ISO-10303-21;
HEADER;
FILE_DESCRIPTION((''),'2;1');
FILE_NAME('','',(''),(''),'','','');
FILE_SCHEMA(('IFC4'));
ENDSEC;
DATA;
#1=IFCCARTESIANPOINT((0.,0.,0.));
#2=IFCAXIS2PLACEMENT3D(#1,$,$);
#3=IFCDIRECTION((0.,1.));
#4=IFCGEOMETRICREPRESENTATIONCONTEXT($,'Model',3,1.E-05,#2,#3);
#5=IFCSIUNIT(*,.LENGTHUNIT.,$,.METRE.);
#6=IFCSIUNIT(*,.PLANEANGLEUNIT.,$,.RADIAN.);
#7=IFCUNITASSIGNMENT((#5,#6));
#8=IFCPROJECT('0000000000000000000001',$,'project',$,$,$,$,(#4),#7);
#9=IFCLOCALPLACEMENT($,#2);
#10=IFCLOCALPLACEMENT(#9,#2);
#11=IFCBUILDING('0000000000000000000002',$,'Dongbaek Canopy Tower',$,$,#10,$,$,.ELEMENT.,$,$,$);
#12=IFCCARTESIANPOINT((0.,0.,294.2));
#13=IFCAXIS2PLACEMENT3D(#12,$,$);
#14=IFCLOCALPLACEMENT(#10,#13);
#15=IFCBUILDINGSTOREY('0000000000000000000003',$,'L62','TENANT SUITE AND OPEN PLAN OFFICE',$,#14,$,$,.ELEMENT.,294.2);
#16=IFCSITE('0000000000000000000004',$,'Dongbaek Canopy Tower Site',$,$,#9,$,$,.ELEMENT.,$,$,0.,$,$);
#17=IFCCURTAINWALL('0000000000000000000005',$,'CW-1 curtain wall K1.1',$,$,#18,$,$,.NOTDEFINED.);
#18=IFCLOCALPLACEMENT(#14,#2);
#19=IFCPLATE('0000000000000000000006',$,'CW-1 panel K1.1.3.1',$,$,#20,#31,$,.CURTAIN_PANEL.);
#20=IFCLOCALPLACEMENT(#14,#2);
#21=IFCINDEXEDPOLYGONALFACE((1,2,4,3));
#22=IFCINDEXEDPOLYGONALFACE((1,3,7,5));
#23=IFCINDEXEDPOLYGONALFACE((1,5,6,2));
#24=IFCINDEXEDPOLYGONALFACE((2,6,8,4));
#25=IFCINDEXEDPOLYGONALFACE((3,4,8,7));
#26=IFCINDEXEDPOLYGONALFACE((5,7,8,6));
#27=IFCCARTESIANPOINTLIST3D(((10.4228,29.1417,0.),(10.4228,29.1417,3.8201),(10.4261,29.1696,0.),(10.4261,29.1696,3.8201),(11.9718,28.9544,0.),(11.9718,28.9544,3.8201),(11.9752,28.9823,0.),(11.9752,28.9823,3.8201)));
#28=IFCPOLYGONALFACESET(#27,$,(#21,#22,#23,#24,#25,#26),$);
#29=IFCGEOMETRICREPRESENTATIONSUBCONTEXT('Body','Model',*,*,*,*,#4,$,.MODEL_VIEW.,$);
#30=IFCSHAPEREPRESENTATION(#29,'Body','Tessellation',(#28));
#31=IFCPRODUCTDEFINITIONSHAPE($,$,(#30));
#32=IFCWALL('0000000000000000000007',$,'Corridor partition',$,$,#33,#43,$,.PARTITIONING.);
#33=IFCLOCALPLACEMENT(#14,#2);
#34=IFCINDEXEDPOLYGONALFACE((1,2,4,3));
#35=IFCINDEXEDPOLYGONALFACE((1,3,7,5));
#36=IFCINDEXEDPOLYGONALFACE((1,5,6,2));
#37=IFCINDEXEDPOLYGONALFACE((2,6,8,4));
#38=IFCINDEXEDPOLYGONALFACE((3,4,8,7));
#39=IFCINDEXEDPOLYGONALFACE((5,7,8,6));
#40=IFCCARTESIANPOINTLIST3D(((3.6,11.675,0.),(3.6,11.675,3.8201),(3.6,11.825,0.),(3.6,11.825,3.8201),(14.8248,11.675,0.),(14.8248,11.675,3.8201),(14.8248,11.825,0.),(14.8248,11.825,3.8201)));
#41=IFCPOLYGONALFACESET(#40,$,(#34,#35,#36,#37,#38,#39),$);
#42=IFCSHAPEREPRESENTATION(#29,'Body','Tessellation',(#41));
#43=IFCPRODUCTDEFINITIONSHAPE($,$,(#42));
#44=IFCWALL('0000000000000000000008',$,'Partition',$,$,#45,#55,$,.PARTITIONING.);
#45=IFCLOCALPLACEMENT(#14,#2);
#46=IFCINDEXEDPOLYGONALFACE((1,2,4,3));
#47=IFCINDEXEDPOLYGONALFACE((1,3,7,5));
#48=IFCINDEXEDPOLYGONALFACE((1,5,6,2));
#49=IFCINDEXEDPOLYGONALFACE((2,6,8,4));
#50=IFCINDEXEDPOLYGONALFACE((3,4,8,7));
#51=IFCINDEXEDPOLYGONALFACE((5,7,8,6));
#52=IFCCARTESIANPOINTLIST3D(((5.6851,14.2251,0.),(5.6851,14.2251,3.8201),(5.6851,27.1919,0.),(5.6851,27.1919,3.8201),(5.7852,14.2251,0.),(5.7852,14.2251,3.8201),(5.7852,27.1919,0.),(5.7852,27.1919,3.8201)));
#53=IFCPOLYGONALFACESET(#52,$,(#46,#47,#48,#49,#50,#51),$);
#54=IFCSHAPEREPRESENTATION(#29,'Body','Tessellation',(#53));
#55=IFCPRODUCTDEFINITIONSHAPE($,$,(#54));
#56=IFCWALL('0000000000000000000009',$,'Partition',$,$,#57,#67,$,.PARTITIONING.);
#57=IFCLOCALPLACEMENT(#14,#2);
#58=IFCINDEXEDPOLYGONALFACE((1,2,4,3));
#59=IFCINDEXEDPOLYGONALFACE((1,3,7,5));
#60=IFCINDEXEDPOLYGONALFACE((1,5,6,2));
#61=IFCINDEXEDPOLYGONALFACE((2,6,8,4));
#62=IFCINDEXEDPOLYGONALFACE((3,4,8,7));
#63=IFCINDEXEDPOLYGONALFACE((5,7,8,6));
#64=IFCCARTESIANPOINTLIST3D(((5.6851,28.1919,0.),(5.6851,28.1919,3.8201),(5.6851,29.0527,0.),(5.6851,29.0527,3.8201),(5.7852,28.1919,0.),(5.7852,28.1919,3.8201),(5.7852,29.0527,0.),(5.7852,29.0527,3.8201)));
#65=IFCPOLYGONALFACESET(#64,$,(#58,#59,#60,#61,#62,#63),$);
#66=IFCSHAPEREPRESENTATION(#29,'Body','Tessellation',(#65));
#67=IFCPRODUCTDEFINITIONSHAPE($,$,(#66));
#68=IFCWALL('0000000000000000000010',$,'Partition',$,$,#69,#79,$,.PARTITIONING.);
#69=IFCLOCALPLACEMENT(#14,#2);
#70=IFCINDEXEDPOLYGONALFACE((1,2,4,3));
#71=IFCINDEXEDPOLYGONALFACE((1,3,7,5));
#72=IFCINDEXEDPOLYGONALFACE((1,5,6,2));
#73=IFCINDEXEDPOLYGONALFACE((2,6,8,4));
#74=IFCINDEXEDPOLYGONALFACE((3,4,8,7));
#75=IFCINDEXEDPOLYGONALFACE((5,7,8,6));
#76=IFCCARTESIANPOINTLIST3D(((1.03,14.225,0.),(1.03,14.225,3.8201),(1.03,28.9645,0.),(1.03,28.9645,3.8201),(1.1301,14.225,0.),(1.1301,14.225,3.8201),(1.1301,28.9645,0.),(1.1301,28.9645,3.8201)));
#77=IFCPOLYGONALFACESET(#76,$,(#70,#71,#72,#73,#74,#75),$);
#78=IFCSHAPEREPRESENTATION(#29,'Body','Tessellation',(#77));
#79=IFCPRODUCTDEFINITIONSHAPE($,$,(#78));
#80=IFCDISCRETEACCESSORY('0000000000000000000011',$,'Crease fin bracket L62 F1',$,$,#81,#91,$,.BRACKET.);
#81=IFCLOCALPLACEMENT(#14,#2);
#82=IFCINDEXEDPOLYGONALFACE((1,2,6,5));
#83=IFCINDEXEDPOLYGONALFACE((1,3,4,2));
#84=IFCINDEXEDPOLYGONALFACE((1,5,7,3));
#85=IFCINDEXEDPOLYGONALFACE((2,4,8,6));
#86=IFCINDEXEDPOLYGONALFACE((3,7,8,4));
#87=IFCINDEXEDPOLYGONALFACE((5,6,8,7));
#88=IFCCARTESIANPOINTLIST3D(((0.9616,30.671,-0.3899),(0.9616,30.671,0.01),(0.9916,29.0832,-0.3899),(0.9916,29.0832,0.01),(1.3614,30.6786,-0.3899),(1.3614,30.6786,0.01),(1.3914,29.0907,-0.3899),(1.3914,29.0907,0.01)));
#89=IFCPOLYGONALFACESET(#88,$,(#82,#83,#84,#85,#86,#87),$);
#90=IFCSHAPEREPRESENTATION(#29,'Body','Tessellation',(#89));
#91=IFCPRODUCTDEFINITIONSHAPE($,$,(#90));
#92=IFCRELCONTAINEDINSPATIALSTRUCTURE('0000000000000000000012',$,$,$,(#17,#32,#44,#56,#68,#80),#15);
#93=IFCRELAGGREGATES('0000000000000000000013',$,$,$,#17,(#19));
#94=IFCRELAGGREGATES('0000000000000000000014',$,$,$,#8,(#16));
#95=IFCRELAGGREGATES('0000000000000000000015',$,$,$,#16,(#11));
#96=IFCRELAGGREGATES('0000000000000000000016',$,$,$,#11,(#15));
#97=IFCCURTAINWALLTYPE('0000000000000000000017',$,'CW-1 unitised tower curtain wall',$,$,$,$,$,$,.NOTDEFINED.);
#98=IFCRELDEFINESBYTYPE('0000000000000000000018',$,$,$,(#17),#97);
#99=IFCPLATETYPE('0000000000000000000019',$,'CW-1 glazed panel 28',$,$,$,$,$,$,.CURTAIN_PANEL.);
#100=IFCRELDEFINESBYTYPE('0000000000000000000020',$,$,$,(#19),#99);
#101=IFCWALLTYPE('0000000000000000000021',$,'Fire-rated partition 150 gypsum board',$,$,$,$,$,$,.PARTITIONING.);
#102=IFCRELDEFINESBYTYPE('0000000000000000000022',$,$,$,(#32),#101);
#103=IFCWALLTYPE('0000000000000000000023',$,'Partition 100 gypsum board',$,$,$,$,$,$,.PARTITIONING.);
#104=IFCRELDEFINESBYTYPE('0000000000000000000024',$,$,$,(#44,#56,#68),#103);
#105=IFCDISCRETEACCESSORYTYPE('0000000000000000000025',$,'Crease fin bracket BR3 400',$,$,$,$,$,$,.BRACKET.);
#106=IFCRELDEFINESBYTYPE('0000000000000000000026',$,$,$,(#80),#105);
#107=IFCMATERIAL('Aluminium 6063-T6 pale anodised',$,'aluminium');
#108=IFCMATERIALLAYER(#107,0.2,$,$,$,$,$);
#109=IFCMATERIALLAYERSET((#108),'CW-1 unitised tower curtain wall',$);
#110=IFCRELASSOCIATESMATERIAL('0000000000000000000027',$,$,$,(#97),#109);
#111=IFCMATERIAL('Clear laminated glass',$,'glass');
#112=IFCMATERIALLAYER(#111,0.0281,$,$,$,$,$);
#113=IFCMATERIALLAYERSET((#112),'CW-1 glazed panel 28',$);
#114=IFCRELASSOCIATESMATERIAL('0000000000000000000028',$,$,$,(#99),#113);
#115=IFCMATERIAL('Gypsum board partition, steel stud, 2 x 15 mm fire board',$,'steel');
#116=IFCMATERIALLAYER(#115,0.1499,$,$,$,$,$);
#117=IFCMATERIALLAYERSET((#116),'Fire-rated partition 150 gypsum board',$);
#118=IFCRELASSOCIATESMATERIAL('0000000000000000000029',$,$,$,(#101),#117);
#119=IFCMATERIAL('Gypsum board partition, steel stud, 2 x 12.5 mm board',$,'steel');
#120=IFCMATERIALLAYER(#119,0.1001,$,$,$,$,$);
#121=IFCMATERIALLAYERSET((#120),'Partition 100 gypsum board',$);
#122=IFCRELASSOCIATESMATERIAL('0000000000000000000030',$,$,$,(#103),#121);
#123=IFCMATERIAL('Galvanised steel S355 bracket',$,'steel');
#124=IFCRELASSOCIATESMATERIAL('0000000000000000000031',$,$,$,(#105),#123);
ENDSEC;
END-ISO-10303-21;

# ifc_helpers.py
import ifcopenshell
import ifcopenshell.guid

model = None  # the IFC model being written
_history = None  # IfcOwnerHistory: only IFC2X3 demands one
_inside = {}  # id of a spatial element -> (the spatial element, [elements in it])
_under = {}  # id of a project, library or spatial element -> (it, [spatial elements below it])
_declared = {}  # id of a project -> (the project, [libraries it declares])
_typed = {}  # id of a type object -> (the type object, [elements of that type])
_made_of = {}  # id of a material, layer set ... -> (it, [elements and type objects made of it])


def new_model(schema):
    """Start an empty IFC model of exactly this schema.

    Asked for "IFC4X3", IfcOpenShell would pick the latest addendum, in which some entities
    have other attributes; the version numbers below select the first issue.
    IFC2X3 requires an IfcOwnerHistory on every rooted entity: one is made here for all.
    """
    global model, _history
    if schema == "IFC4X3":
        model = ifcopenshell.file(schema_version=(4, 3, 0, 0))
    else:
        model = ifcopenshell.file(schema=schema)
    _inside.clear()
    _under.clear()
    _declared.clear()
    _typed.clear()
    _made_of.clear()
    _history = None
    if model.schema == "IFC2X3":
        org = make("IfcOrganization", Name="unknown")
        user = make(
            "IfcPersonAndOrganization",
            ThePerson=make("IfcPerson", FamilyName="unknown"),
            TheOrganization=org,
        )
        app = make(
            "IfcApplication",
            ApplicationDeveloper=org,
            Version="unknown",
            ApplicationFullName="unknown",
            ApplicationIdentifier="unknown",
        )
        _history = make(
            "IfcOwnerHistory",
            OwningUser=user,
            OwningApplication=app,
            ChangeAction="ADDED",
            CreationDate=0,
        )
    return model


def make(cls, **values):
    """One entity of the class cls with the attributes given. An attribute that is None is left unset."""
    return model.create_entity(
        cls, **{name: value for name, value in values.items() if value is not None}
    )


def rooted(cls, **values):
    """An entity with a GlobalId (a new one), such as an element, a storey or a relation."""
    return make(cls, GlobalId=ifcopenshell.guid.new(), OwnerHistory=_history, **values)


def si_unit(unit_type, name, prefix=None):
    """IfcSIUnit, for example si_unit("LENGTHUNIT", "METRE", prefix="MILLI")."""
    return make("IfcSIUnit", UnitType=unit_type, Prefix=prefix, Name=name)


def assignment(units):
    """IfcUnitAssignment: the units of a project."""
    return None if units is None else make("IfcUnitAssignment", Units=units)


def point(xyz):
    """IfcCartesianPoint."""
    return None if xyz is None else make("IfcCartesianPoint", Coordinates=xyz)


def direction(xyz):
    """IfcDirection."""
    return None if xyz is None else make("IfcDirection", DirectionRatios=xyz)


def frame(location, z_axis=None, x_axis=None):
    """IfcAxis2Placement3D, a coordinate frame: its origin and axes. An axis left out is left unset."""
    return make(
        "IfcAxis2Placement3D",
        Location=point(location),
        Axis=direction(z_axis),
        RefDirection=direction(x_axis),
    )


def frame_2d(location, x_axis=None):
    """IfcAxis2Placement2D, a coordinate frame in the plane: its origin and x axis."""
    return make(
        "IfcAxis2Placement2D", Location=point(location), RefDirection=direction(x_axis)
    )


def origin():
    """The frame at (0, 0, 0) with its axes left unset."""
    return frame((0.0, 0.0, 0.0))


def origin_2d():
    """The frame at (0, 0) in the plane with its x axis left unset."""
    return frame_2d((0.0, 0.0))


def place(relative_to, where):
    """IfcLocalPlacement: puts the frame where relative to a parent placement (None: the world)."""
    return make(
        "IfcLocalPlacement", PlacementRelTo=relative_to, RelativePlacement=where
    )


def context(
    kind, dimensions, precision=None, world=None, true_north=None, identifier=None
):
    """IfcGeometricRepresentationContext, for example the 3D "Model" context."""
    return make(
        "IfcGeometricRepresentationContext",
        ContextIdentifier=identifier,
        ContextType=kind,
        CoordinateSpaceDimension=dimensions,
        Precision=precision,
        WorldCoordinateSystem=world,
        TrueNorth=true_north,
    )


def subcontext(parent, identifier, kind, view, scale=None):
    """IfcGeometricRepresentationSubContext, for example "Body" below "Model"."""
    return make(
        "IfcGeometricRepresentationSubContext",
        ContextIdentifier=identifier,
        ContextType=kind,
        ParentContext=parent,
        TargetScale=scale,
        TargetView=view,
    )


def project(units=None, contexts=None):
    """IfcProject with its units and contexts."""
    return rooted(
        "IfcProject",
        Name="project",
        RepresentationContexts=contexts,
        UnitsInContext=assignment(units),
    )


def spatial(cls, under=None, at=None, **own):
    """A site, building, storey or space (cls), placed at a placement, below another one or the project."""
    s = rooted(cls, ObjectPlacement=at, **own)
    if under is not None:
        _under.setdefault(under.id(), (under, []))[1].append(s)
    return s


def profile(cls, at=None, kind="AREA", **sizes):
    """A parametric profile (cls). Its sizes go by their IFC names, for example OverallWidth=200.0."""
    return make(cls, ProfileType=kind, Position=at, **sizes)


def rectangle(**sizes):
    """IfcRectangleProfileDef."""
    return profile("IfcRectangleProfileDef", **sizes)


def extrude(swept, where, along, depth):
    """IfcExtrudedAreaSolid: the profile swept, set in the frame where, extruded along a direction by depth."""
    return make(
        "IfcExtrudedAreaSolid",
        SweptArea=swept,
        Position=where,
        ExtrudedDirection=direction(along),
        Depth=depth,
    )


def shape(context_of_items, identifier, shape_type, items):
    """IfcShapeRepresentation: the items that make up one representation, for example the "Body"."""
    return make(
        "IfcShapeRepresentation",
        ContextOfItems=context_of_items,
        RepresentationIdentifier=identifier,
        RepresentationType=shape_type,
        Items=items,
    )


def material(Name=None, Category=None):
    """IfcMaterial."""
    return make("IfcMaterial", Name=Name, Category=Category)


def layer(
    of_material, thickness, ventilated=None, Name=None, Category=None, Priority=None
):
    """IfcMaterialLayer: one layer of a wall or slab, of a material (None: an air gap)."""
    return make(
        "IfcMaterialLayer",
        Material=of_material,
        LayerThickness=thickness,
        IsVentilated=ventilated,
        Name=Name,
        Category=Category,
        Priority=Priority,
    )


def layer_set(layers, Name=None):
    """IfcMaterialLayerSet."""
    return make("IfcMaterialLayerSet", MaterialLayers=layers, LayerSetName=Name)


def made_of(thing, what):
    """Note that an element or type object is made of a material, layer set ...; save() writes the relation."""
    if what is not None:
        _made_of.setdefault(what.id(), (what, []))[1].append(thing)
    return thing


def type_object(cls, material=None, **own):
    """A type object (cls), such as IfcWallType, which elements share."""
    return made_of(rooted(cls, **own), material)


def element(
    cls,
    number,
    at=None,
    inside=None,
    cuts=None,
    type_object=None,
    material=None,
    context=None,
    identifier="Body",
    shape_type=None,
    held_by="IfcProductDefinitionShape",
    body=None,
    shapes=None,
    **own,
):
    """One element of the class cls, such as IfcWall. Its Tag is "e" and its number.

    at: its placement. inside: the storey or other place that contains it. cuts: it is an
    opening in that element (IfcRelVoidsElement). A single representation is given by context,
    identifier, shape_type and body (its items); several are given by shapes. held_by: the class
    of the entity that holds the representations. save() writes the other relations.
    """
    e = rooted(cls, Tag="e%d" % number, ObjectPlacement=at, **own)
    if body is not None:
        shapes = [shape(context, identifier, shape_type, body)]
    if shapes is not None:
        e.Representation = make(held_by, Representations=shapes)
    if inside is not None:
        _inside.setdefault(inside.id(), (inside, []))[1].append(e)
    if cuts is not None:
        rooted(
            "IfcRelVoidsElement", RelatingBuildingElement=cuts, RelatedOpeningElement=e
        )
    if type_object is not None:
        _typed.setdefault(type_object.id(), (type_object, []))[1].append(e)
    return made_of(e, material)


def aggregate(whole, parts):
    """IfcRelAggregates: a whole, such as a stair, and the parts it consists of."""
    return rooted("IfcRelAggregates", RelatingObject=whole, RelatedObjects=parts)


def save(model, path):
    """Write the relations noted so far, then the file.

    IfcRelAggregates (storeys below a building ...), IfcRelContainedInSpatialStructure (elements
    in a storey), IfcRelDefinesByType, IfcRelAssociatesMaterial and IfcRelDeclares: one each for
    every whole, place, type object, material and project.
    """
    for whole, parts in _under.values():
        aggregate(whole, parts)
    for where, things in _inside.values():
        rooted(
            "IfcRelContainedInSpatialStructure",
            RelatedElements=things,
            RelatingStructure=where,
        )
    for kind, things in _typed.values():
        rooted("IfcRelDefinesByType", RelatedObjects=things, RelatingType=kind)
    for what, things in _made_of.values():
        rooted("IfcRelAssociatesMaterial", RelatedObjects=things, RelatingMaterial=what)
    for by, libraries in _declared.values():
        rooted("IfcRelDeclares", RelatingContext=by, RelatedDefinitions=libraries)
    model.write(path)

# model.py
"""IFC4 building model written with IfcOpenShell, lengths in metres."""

from ifc_helpers import new_model, si_unit, direction, frame, frame_2d, origin, origin_2d, place, context, subcontext, project, spatial, rectangle, extrude, material, layer, layer_set, type_object, element, aggregate, save


model = new_model("IFC4")

# Units and contexts
model_context = context("Model", 3, precision=1e-05, world=origin(), true_north=direction((0.0, 1.0)))
body_context = subcontext(model_context, "Body", "Model", "MODEL_VIEW")
ifc_project = project(units=[si_unit("LENGTHUNIT", "METRE"), si_unit("PLANEANGLEUNIT", "RADIAN")], contexts=[model_context])

# Site, building, storey
site_placement = place(None, origin())
site = spatial("IfcSite", under=ifc_project, at=site_placement, Name="Dongbaek Canopy Tower Site", CompositionType="ELEMENT", RefElevation=0.0)
building_placement = place(site_placement, origin())
building = spatial("IfcBuilding", under=site, at=building_placement, Name="Dongbaek Canopy Tower", CompositionType="ELEMENT")
storey_placement = place(building_placement, frame((0.0, 0.0, 294.2)))
storey = spatial("IfcBuildingStorey", under=building, at=storey_placement, Name="L62", Description="TENANT SUITE AND OPEN PLAN OFFICE", CompositionType="ELEMENT", Elevation=294.2)

# Curtain wall
ifc_material_1 = material(Name="Aluminium 6063-T6 pale anodised", Category="aluminium")
ifc_layer_1 = layer(ifc_material_1, 0.2)
ifc_layer_set_1 = layer_set([ifc_layer_1], Name="CW-1 unitised tower curtain wall")
curtain_wall_type = type_object("IfcCurtainWallType", Name="CW-1 unitised tower curtain wall", PredefinedType="NOTDEFINED", material=ifc_layer_set_1)
curtain_wall_placement = place(storey_placement, origin())
curtain_wall = element("IfcCurtainWall", 1, at=curtain_wall_placement, inside=storey, type_object=curtain_wall_type, Name="CW-1 curtain wall K1.1", PredefinedType="NOTDEFINED")

# Plate
ifc_material_2 = material(Name="Clear laminated glass", Category="glass")
ifc_layer_2 = layer(ifc_material_2, 0.0281)
ifc_layer_set_2 = layer_set([ifc_layer_2], Name="CW-1 glazed panel 28")
plate_type = type_object("IfcPlateType", Name="CW-1 glazed panel 28", PredefinedType="CURTAIN_PANEL", material=ifc_layer_set_2)
plate_1_placement = place(storey_placement, frame((11.199, 29.062, 0.0), z_axis=(0.0, 0.0, 1.0), x_axis=(-0.992771, 0.120026, 0.0)))
plate_1 = element("IfcPlate", 2, at=plate_1_placement, type_object=plate_type, Name="CW-1 panel K1.1.3.1", PredefinedType="CURTAIN_PANEL", context=body_context, shape_type="SweptSolid", body=[
    extrude(rectangle(XDim=1.5603, YDim=0.0281, at=origin_2d()), origin(), (0.0, 0.0, 1.0), 3.8201),
])
aggregate(curtain_wall, [plate_1])

# Walls
ifc_material_3 = material(Name="Gypsum board partition, steel stud, 2 x 15 mm fire board", Category="steel")
ifc_layer_3 = layer(ifc_material_3, 0.1499)
ifc_layer_set_3 = layer_set([ifc_layer_3], Name="Fire-rated partition 150 gypsum board")
wall_type_1 = type_object("IfcWallType", Name="Fire-rated partition 150 gypsum board", PredefinedType="PARTITIONING", material=ifc_layer_set_3)
wall_1_placement = place(storey_placement, frame((3.6001, 11.75, 0.0), z_axis=(0.0, 0.0, 1.0), x_axis=(1.0, 0.0, 0.0)))
element("IfcWall", 3, at=wall_1_placement, inside=storey, type_object=wall_type_1, Name="Corridor partition", PredefinedType="PARTITIONING", context=body_context, shape_type="SweptSolid", body=[
    extrude(rectangle(XDim=11.2249, YDim=0.1499, at=frame_2d((5.6123, 0.0))), origin(), (0.0, 0.0, 1.0), 3.8201),
])
ifc_material_4 = material(Name="Gypsum board partition, steel stud, 2 x 12.5 mm board", Category="steel")
ifc_layer_4 = layer(ifc_material_4, 0.1001)
ifc_layer_set_4 = layer_set([ifc_layer_4], Name="Partition 100 gypsum board")
wall_type_2 = type_object("IfcWallType", Name="Partition 100 gypsum board", PredefinedType="PARTITIONING", material=ifc_layer_set_4)
wall_2_placement = place(storey_placement, frame((5.7351, 14.2251, 0.0), z_axis=(0.0, 0.0, 1.0), x_axis=(0.0, 1.0, 0.0)))
element("IfcWall", 4, at=wall_2_placement, inside=storey, type_object=wall_type_2, Name="Partition", PredefinedType="PARTITIONING", context=body_context, shape_type="SweptSolid", body=[
    extrude(rectangle(XDim=12.9668, YDim=0.1001, at=frame_2d((6.4834, 0.0))), origin(), (0.0, 0.0, 1.0), 3.8201),
])
wall_3_placement = place(storey_placement, frame((5.7351, 28.1919, 0.0), z_axis=(0.0, 0.0, 1.0), x_axis=(0.0, 1.0, 0.0)))
element("IfcWall", 5, at=wall_3_placement, inside=storey, type_object=wall_type_2, Name="Partition", PredefinedType="PARTITIONING", context=body_context, shape_type="SweptSolid", body=[
    extrude(rectangle(XDim=0.8608, YDim=0.1001, at=frame_2d((0.4304, 0.0))), origin(), (0.0, 0.0, 1.0), 3.8201),
])
wall_4_placement = place(storey_placement, frame((1.0801, 14.2251, 0.0), z_axis=(0.0, 0.0, 1.0), x_axis=(0.0, 1.0, 0.0)))
element("IfcWall", 6, at=wall_4_placement, inside=storey, type_object=wall_type_2, Name="Partition", PredefinedType="PARTITIONING", context=body_context, shape_type="SweptSolid", body=[
    extrude(rectangle(XDim=14.7395, YDim=0.1001, at=frame_2d((7.3696, 0.0))), origin(), (0.0, 0.0, 1.0), 3.8201),
])

# Discrete accessory
ifc_material_5 = material(Name="Galvanised steel S355 bracket", Category="steel")
discrete_accessory_type = type_object("IfcDiscreteAccessoryType", Name="Crease fin bracket BR3 400", PredefinedType="BRACKET", material=ifc_material_5)
discrete_accessory_placement = place(storey_placement, frame((1.1765, 29.8809, -0.3899), z_axis=(0.0, 0.0, 1.0), x_axis=(-0.018904, 0.999821, 0.0)))
element("IfcDiscreteAccessory", 7, at=discrete_accessory_placement, inside=storey, type_object=discrete_accessory_type, Name="Crease fin bracket L62 F1", PredefinedType="BRACKET", context=body_context, shape_type="SweptSolid", body=[
    extrude(rectangle(XDim=1.5881, YDim=0.3999, at=origin_2d()), origin(), (0.0, 0.0, 1.0), 0.3999),
])

save(model, "model.ifc")
